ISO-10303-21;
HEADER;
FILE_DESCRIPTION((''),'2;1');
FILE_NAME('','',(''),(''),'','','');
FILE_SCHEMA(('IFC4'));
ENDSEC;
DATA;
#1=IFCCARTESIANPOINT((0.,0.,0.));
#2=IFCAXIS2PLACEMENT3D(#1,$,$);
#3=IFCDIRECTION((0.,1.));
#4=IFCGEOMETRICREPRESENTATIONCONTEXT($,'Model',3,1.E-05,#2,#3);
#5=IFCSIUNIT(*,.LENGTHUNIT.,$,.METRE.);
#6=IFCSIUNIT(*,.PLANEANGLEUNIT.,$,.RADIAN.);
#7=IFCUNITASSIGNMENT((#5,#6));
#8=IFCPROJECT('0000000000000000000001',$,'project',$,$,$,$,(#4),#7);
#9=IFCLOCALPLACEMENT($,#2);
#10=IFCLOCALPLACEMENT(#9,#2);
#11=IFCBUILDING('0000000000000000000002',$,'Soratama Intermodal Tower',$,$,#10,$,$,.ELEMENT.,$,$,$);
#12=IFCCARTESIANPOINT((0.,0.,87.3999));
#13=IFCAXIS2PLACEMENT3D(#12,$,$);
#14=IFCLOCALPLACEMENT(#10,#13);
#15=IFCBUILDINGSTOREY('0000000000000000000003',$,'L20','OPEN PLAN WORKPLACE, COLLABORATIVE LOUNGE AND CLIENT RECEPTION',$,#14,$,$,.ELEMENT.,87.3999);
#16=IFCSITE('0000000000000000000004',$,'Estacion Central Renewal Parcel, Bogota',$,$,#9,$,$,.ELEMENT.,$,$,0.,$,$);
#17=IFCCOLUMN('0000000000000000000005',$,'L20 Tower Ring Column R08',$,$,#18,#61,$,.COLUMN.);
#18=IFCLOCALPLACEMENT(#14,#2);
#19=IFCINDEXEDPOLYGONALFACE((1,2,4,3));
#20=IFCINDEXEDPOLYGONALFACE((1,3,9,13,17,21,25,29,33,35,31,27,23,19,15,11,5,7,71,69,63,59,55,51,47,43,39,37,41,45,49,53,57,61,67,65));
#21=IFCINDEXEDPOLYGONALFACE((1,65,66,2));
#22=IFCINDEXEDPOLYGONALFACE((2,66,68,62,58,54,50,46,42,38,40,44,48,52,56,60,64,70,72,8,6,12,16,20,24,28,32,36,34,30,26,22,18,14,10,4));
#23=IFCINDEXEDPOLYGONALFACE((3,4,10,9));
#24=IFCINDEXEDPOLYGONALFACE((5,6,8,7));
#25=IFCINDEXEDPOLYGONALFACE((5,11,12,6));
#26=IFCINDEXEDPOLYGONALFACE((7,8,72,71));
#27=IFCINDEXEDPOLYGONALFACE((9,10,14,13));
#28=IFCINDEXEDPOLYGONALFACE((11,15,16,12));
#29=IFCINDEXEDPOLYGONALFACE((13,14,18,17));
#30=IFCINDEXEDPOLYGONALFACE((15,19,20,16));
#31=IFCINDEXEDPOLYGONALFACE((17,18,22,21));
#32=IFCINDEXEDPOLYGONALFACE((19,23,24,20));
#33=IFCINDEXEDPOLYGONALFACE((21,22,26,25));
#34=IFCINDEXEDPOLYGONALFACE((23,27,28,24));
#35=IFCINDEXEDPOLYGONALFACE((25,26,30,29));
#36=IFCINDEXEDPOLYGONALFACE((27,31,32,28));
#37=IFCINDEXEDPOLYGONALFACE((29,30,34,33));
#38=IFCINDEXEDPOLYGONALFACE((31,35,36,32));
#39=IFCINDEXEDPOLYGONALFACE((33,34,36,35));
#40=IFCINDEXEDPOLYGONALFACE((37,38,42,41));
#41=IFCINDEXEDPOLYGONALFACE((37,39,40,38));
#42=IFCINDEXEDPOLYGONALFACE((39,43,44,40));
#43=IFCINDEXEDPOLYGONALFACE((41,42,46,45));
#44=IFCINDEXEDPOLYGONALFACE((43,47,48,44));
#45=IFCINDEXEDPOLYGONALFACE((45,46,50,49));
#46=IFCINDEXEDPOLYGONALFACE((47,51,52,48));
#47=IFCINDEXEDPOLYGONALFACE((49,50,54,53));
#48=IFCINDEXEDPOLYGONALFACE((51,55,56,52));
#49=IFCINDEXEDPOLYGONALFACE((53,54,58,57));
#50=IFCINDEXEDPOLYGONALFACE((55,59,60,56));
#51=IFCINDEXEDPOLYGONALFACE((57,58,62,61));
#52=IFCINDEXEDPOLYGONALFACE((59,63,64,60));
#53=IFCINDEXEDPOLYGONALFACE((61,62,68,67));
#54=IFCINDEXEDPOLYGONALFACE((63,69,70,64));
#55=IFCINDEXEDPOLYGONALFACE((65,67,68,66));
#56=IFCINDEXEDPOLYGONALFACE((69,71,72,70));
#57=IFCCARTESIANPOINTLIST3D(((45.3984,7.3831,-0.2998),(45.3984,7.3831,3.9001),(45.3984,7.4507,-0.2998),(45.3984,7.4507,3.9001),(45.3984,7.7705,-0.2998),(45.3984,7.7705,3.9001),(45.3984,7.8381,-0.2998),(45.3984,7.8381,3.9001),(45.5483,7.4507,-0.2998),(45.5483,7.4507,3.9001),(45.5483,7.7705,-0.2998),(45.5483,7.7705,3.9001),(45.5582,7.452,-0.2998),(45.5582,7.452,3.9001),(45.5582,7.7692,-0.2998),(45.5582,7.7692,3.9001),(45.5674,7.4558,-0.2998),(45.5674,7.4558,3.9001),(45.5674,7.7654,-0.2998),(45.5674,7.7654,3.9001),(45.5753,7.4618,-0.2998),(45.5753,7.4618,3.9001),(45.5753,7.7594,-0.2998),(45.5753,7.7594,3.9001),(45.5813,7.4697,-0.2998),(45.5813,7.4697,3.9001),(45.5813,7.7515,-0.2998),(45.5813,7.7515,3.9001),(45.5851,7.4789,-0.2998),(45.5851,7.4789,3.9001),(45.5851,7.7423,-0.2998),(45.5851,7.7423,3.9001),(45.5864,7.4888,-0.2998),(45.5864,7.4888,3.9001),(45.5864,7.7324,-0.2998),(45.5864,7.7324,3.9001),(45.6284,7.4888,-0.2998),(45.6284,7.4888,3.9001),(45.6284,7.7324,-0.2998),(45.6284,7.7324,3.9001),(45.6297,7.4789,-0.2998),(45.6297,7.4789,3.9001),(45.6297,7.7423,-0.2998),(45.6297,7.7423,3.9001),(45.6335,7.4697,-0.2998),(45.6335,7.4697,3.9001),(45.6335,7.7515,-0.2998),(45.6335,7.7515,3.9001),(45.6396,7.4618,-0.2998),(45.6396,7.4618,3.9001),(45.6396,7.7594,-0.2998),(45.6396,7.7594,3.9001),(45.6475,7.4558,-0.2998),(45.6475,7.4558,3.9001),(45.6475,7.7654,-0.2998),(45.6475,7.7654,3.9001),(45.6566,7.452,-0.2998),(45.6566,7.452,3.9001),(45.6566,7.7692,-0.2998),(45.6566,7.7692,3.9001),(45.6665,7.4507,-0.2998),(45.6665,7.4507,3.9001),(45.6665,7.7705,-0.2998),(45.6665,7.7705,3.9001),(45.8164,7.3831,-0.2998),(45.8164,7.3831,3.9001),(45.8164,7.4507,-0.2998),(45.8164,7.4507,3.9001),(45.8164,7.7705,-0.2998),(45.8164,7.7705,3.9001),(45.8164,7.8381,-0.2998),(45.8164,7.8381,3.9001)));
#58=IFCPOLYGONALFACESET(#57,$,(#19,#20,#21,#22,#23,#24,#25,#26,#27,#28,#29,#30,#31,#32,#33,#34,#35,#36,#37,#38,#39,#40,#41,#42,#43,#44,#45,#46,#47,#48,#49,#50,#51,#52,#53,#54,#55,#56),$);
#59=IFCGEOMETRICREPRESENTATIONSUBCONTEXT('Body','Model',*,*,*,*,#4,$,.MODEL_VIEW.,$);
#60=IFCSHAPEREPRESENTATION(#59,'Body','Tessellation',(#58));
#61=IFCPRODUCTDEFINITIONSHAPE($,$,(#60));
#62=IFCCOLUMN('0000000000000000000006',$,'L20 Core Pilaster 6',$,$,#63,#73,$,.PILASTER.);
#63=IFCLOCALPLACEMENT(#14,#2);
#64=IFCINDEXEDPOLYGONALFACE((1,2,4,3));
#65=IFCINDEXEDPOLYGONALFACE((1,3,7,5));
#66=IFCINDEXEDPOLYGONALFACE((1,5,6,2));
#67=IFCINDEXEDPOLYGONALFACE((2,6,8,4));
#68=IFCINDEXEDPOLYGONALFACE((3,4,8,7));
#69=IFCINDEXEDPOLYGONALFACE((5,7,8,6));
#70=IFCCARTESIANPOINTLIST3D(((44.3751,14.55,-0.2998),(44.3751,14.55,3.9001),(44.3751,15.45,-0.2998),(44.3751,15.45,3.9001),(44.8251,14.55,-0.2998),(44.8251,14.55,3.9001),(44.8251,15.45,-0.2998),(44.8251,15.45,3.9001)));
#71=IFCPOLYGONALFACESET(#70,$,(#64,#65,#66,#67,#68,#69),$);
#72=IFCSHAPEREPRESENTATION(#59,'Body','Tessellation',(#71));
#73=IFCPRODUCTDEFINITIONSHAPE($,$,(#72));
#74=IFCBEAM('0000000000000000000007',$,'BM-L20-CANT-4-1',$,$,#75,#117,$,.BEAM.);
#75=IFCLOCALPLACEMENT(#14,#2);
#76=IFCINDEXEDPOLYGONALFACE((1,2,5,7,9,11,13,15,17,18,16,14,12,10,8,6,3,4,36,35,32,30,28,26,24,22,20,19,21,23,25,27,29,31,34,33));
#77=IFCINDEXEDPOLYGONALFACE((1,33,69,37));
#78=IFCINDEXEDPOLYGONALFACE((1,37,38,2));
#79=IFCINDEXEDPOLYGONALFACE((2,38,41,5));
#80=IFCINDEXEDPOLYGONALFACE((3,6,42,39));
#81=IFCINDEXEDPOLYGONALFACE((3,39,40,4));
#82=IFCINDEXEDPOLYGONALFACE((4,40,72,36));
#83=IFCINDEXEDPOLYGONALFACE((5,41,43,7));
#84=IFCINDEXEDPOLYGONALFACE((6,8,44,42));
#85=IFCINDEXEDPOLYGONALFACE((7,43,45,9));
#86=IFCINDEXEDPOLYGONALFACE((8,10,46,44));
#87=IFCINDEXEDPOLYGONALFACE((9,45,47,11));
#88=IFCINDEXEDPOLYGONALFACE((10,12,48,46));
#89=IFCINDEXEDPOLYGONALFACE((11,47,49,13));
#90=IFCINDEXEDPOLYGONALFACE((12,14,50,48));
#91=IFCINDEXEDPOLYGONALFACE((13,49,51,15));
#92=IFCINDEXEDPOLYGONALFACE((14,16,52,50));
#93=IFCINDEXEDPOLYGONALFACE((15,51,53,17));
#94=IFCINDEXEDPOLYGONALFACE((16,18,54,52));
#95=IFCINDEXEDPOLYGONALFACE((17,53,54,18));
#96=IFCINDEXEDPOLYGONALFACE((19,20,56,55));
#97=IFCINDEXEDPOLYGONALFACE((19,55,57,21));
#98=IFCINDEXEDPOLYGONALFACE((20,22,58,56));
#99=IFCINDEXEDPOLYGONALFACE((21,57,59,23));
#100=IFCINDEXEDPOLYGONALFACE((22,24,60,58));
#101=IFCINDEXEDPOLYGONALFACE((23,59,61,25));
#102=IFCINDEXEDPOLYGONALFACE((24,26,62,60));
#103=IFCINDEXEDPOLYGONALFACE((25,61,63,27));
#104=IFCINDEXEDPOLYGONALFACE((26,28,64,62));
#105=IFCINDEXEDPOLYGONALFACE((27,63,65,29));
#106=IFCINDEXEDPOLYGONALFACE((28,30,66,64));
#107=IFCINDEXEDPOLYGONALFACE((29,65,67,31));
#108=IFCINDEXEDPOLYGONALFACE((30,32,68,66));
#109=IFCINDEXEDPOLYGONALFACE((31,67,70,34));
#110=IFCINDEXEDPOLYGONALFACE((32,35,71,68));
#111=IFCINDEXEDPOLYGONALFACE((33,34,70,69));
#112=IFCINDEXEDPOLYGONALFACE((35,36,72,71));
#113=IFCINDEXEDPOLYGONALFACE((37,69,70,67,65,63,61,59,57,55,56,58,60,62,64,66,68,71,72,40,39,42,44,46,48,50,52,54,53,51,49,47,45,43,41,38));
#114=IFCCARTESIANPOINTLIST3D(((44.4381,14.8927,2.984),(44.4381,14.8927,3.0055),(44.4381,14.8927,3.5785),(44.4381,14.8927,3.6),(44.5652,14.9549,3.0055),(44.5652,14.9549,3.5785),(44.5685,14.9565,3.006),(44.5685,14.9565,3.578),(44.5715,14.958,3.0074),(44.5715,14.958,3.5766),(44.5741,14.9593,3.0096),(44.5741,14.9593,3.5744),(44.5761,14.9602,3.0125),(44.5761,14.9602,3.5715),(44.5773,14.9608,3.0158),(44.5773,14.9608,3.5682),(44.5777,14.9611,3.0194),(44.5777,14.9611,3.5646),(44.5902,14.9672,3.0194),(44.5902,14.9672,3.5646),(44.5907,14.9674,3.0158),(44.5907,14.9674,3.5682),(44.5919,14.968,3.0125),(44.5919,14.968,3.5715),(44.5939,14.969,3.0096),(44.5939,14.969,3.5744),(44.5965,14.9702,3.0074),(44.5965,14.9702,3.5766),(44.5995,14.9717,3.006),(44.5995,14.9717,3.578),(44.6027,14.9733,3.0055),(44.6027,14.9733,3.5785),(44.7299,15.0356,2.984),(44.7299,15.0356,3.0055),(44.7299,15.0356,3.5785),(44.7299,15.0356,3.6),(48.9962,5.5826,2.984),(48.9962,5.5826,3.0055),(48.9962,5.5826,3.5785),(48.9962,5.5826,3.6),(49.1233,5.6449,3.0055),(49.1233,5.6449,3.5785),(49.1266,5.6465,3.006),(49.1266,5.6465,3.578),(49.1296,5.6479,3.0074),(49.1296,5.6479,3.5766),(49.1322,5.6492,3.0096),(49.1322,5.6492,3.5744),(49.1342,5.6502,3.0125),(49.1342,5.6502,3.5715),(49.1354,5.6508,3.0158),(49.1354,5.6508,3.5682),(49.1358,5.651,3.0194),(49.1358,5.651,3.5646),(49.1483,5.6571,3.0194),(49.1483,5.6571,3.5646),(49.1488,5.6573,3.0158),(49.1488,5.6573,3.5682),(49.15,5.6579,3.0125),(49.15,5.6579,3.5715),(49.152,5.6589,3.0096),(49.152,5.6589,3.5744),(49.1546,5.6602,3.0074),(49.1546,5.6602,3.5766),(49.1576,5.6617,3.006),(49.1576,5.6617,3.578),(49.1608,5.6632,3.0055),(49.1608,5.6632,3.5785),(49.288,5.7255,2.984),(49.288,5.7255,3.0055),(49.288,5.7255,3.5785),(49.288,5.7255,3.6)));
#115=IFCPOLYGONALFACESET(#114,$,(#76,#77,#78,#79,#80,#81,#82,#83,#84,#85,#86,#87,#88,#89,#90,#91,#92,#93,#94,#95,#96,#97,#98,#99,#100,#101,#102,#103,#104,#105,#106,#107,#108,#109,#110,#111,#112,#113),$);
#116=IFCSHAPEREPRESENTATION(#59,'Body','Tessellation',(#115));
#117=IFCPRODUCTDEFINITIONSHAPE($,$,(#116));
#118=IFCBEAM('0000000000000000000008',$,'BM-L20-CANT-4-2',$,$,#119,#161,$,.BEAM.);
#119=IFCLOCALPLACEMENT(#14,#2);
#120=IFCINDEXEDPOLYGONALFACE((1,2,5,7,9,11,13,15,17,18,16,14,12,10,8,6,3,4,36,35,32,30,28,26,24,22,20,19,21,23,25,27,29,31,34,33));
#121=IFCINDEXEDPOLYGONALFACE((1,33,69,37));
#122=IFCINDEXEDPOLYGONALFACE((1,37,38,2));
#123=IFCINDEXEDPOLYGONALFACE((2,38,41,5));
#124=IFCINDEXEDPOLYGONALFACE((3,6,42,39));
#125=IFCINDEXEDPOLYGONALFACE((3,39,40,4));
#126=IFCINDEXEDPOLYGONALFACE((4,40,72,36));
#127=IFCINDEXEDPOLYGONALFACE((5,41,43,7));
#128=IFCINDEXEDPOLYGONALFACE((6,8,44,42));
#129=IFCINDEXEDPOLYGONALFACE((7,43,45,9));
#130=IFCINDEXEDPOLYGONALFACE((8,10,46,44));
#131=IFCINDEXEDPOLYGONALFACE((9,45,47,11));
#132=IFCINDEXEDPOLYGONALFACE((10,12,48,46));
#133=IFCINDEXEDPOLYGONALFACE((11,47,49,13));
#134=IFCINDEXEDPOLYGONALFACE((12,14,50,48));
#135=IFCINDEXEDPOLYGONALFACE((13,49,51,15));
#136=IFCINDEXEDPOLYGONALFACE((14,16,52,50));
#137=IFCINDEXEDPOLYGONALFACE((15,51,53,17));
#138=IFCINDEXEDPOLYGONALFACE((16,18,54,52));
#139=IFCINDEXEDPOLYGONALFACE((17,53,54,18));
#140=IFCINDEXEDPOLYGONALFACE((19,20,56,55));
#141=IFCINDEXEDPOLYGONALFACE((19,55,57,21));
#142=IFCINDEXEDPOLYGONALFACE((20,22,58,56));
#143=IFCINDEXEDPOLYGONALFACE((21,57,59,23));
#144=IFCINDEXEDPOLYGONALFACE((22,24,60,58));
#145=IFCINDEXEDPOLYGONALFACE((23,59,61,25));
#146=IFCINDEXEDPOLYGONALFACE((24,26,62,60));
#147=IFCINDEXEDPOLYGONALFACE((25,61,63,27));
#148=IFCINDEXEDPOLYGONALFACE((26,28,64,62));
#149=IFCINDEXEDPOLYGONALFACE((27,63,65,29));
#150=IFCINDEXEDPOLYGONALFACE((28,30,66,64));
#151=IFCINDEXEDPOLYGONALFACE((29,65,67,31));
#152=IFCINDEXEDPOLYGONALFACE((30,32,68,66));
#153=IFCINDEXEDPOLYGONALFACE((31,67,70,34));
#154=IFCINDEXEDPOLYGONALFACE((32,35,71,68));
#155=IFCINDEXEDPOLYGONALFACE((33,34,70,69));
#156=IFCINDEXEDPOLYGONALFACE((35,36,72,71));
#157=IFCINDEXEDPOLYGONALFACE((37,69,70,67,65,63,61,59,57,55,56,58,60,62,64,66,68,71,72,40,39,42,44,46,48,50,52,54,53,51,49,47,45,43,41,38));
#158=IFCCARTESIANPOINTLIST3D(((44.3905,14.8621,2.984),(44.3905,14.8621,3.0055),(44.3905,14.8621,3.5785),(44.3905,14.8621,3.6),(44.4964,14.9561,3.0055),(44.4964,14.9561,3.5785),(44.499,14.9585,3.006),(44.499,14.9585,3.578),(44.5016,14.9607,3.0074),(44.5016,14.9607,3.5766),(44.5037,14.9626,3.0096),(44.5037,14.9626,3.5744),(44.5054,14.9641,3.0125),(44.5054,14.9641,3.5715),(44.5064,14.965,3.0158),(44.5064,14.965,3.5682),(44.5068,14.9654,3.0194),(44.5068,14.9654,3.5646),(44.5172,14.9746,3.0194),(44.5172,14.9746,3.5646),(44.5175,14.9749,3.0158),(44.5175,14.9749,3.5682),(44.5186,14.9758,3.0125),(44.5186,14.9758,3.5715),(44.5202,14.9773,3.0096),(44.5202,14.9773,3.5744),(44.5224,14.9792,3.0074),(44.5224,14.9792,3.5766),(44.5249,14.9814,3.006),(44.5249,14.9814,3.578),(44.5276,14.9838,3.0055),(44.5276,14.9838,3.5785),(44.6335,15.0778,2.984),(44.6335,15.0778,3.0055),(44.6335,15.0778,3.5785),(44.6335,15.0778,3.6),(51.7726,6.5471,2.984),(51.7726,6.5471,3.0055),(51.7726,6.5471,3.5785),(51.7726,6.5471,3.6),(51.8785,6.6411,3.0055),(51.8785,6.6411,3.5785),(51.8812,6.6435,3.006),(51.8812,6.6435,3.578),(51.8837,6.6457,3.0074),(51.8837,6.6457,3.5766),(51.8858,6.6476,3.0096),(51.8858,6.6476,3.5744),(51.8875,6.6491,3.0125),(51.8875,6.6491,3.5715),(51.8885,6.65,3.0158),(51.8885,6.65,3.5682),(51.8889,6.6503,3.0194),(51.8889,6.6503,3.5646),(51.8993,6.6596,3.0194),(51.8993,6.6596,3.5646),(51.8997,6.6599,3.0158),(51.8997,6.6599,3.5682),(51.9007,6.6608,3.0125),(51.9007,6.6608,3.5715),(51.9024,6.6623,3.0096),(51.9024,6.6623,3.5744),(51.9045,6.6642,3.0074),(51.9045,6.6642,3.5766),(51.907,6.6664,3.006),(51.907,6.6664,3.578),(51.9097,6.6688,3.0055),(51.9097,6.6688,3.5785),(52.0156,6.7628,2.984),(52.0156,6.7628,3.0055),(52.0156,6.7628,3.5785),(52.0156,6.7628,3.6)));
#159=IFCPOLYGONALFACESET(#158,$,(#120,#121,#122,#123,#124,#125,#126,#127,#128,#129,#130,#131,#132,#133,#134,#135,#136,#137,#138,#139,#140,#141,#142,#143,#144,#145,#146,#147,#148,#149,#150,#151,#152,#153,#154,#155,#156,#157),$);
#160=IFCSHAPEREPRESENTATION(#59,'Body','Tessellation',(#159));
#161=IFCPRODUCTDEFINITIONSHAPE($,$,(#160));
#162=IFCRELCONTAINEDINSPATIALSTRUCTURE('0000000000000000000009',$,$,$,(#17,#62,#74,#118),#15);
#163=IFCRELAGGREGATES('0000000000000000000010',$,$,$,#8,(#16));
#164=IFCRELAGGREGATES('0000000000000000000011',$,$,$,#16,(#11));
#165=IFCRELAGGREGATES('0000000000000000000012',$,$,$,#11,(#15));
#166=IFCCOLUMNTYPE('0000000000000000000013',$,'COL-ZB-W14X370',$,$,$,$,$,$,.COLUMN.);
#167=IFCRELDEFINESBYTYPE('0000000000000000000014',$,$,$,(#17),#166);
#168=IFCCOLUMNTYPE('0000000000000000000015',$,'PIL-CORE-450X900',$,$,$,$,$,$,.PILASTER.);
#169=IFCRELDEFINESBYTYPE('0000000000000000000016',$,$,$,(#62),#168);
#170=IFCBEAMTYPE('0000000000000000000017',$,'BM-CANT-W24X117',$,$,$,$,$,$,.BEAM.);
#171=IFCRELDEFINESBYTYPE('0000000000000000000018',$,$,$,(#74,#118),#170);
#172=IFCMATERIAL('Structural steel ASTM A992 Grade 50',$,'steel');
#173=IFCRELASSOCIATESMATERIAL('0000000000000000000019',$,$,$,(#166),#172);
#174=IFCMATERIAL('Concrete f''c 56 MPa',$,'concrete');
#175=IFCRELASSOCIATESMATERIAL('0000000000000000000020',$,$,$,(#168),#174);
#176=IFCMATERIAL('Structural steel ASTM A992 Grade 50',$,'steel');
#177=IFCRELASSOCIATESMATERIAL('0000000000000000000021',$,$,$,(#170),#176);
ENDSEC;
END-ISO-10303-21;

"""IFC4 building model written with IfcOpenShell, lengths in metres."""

from ifc_helpers import new_model, si_unit, direction, frame, origin, origin_2d, place, context, subcontext, project, spatial, rectangle, i_section, extrude, material, material_profile, profile_set, type_object, element, save


model = new_model("IFC4")

# Units and contexts
model_context = context("Model", 3, precision=1e-05, world=origin(), true_north=direction((0.0, 1.0)))
body_context = subcontext(model_context, "Body", "Model", "MODEL_VIEW")
ifc_project = project(units=[si_unit("LENGTHUNIT", "METRE"), si_unit("PLANEANGLEUNIT", "RADIAN")], contexts=[model_context])

# Site, building, storey
site_placement = place(None, origin())
site = spatial("IfcSite", under=ifc_project, at=site_placement, Name="Estacion Central Renewal Parcel, Bogota", CompositionType="ELEMENT", RefElevation=0.0)
building_placement = place(site_placement, origin())
building = spatial("IfcBuilding", under=site, at=building_placement, Name="Soratama Intermodal Tower", CompositionType="ELEMENT")
storey_placement = place(building_placement, frame((0.0, 0.0, 87.3999)))
storey = spatial("IfcBuildingStorey", under=building, at=storey_placement, Name="L20", Description="OPEN PLAN WORKPLACE, COLLABORATIVE LOUNGE AND CLIENT RECEPTION", CompositionType="ELEMENT", Elevation=87.3999)

# Columns
ifc_material_1 = material(Name="Structural steel ASTM A992 Grade 50", Category="steel")
ifc_material_profile_1 = material_profile(ifc_material_1, i_section(OverallWidth=0.418, OverallDepth=0.4551, WebThickness=0.042, FlangeThickness=0.0676, FilletRadius=0.0381, at=origin_2d()), Name="W14X370")
ifc_profile_set_1 = profile_set([ifc_material_profile_1], Name="Structural steel ASTM A992 Grade 50")
column_type_1 = type_object("IfcColumnType", Name="COL-ZB-W14X370", PredefinedType="COLUMN", material=ifc_profile_set_1)
column_1_placement = place(storey_placement, frame((45.6074, 7.6106, -0.2998), z_axis=(0.0, 0.0, 1.0), x_axis=(1.0, 0.0, 0.0)))
element("IfcColumn", 1, at=column_1_placement, inside=storey, type_object=column_type_1, Name="L20 Tower Ring Column R08", PredefinedType="COLUMN", context=body_context, shape_type="SweptSolid", body=[
    extrude(i_section(OverallWidth=0.418, OverallDepth=0.4551, WebThickness=0.042, FlangeThickness=0.0676, FilletRadius=0.0381, at=origin_2d()), origin(), (0.0, 0.0, 1.0), 4.2),
])
ifc_material_2 = material(Name="Concrete f'c 56 MPa", Category="concrete")
ifc_material_profile_2 = material_profile(ifc_material_2, rectangle(XDim=0.45, YDim=0.8999, at=origin_2d()), Name="RC450X900")
ifc_profile_set_2 = profile_set([ifc_material_profile_2], Name="Concrete f'c 56 MPa")
column_type_2 = type_object("IfcColumnType", Name="PIL-CORE-450X900", PredefinedType="PILASTER", material=ifc_profile_set_2)
column_2_placement = place(storey_placement, frame((44.6001, 15.0, -0.2998), z_axis=(0.0, 0.0, 1.0), x_axis=(1.0, 0.0, 0.0)))
element("IfcColumn", 2, at=column_2_placement, inside=storey, type_object=column_type_2, Name="L20 Core Pilaster 6", PredefinedType="PILASTER", context=body_context, shape_type="SweptSolid", body=[
    extrude(rectangle(XDim=0.45, YDim=0.8999, at=origin_2d()), origin(), (0.0, 0.0, 1.0), 4.2),
])

# Beams
ifc_material_3 = material(Name="Structural steel ASTM A992 Grade 50", Category="steel")
ifc_material_profile_3 = material_profile(ifc_material_3, i_section(OverallWidth=0.325, OverallDepth=0.616, WebThickness=0.0139, FlangeThickness=0.0215, FilletRadius=0.0139, at=origin_2d()), Name="W24X117")
ifc_profile_set_3 = profile_set([ifc_material_profile_3], Name="Structural steel ASTM A992 Grade 50")
beam_type_1 = type_object("IfcBeamType", Name="BM-CANT-W24X117", PredefinedType="BEAM", material=ifc_profile_set_3)
beam_1_placement = place(storey_placement, frame((44.584, 14.9641, 3.292), z_axis=(0.439718, -0.898136, 0.0), x_axis=(0.898136, 0.439718, 0.0)))
element("IfcBeam", 3, at=beam_1_placement, inside=storey, type_object=beam_type_1, Name="BM-L20-CANT-4-1", PredefinedType="BEAM", context=body_context, shape_type="SweptSolid", body=[
    extrude(i_section(OverallWidth=0.325, OverallDepth=0.616, WebThickness=0.0139, FlangeThickness=0.0215, FilletRadius=0.0139, at=origin_2d()), origin(), (0.0, 0.0, 1.0), 10.366),
])
beam_2_placement = place(storey_placement, frame((44.512, 14.97, 3.292), z_axis=(0.663913, -0.74781, 0.0), x_axis=(0.74781, 0.663913, 0.0)))
element("IfcBeam", 4, at=beam_2_placement, inside=storey, type_object=beam_type_1, Name="BM-L20-CANT-4-2", PredefinedType="BEAM", context=body_context, shape_type="SweptSolid", body=[
    extrude(i_section(OverallWidth=0.325, OverallDepth=0.616, WebThickness=0.0139, FlangeThickness=0.0215, FilletRadius=0.0139, at=origin_2d()), origin(), (0.0, 0.0, 1.0), 11.1191),
])

save(model, "model.ifc")
